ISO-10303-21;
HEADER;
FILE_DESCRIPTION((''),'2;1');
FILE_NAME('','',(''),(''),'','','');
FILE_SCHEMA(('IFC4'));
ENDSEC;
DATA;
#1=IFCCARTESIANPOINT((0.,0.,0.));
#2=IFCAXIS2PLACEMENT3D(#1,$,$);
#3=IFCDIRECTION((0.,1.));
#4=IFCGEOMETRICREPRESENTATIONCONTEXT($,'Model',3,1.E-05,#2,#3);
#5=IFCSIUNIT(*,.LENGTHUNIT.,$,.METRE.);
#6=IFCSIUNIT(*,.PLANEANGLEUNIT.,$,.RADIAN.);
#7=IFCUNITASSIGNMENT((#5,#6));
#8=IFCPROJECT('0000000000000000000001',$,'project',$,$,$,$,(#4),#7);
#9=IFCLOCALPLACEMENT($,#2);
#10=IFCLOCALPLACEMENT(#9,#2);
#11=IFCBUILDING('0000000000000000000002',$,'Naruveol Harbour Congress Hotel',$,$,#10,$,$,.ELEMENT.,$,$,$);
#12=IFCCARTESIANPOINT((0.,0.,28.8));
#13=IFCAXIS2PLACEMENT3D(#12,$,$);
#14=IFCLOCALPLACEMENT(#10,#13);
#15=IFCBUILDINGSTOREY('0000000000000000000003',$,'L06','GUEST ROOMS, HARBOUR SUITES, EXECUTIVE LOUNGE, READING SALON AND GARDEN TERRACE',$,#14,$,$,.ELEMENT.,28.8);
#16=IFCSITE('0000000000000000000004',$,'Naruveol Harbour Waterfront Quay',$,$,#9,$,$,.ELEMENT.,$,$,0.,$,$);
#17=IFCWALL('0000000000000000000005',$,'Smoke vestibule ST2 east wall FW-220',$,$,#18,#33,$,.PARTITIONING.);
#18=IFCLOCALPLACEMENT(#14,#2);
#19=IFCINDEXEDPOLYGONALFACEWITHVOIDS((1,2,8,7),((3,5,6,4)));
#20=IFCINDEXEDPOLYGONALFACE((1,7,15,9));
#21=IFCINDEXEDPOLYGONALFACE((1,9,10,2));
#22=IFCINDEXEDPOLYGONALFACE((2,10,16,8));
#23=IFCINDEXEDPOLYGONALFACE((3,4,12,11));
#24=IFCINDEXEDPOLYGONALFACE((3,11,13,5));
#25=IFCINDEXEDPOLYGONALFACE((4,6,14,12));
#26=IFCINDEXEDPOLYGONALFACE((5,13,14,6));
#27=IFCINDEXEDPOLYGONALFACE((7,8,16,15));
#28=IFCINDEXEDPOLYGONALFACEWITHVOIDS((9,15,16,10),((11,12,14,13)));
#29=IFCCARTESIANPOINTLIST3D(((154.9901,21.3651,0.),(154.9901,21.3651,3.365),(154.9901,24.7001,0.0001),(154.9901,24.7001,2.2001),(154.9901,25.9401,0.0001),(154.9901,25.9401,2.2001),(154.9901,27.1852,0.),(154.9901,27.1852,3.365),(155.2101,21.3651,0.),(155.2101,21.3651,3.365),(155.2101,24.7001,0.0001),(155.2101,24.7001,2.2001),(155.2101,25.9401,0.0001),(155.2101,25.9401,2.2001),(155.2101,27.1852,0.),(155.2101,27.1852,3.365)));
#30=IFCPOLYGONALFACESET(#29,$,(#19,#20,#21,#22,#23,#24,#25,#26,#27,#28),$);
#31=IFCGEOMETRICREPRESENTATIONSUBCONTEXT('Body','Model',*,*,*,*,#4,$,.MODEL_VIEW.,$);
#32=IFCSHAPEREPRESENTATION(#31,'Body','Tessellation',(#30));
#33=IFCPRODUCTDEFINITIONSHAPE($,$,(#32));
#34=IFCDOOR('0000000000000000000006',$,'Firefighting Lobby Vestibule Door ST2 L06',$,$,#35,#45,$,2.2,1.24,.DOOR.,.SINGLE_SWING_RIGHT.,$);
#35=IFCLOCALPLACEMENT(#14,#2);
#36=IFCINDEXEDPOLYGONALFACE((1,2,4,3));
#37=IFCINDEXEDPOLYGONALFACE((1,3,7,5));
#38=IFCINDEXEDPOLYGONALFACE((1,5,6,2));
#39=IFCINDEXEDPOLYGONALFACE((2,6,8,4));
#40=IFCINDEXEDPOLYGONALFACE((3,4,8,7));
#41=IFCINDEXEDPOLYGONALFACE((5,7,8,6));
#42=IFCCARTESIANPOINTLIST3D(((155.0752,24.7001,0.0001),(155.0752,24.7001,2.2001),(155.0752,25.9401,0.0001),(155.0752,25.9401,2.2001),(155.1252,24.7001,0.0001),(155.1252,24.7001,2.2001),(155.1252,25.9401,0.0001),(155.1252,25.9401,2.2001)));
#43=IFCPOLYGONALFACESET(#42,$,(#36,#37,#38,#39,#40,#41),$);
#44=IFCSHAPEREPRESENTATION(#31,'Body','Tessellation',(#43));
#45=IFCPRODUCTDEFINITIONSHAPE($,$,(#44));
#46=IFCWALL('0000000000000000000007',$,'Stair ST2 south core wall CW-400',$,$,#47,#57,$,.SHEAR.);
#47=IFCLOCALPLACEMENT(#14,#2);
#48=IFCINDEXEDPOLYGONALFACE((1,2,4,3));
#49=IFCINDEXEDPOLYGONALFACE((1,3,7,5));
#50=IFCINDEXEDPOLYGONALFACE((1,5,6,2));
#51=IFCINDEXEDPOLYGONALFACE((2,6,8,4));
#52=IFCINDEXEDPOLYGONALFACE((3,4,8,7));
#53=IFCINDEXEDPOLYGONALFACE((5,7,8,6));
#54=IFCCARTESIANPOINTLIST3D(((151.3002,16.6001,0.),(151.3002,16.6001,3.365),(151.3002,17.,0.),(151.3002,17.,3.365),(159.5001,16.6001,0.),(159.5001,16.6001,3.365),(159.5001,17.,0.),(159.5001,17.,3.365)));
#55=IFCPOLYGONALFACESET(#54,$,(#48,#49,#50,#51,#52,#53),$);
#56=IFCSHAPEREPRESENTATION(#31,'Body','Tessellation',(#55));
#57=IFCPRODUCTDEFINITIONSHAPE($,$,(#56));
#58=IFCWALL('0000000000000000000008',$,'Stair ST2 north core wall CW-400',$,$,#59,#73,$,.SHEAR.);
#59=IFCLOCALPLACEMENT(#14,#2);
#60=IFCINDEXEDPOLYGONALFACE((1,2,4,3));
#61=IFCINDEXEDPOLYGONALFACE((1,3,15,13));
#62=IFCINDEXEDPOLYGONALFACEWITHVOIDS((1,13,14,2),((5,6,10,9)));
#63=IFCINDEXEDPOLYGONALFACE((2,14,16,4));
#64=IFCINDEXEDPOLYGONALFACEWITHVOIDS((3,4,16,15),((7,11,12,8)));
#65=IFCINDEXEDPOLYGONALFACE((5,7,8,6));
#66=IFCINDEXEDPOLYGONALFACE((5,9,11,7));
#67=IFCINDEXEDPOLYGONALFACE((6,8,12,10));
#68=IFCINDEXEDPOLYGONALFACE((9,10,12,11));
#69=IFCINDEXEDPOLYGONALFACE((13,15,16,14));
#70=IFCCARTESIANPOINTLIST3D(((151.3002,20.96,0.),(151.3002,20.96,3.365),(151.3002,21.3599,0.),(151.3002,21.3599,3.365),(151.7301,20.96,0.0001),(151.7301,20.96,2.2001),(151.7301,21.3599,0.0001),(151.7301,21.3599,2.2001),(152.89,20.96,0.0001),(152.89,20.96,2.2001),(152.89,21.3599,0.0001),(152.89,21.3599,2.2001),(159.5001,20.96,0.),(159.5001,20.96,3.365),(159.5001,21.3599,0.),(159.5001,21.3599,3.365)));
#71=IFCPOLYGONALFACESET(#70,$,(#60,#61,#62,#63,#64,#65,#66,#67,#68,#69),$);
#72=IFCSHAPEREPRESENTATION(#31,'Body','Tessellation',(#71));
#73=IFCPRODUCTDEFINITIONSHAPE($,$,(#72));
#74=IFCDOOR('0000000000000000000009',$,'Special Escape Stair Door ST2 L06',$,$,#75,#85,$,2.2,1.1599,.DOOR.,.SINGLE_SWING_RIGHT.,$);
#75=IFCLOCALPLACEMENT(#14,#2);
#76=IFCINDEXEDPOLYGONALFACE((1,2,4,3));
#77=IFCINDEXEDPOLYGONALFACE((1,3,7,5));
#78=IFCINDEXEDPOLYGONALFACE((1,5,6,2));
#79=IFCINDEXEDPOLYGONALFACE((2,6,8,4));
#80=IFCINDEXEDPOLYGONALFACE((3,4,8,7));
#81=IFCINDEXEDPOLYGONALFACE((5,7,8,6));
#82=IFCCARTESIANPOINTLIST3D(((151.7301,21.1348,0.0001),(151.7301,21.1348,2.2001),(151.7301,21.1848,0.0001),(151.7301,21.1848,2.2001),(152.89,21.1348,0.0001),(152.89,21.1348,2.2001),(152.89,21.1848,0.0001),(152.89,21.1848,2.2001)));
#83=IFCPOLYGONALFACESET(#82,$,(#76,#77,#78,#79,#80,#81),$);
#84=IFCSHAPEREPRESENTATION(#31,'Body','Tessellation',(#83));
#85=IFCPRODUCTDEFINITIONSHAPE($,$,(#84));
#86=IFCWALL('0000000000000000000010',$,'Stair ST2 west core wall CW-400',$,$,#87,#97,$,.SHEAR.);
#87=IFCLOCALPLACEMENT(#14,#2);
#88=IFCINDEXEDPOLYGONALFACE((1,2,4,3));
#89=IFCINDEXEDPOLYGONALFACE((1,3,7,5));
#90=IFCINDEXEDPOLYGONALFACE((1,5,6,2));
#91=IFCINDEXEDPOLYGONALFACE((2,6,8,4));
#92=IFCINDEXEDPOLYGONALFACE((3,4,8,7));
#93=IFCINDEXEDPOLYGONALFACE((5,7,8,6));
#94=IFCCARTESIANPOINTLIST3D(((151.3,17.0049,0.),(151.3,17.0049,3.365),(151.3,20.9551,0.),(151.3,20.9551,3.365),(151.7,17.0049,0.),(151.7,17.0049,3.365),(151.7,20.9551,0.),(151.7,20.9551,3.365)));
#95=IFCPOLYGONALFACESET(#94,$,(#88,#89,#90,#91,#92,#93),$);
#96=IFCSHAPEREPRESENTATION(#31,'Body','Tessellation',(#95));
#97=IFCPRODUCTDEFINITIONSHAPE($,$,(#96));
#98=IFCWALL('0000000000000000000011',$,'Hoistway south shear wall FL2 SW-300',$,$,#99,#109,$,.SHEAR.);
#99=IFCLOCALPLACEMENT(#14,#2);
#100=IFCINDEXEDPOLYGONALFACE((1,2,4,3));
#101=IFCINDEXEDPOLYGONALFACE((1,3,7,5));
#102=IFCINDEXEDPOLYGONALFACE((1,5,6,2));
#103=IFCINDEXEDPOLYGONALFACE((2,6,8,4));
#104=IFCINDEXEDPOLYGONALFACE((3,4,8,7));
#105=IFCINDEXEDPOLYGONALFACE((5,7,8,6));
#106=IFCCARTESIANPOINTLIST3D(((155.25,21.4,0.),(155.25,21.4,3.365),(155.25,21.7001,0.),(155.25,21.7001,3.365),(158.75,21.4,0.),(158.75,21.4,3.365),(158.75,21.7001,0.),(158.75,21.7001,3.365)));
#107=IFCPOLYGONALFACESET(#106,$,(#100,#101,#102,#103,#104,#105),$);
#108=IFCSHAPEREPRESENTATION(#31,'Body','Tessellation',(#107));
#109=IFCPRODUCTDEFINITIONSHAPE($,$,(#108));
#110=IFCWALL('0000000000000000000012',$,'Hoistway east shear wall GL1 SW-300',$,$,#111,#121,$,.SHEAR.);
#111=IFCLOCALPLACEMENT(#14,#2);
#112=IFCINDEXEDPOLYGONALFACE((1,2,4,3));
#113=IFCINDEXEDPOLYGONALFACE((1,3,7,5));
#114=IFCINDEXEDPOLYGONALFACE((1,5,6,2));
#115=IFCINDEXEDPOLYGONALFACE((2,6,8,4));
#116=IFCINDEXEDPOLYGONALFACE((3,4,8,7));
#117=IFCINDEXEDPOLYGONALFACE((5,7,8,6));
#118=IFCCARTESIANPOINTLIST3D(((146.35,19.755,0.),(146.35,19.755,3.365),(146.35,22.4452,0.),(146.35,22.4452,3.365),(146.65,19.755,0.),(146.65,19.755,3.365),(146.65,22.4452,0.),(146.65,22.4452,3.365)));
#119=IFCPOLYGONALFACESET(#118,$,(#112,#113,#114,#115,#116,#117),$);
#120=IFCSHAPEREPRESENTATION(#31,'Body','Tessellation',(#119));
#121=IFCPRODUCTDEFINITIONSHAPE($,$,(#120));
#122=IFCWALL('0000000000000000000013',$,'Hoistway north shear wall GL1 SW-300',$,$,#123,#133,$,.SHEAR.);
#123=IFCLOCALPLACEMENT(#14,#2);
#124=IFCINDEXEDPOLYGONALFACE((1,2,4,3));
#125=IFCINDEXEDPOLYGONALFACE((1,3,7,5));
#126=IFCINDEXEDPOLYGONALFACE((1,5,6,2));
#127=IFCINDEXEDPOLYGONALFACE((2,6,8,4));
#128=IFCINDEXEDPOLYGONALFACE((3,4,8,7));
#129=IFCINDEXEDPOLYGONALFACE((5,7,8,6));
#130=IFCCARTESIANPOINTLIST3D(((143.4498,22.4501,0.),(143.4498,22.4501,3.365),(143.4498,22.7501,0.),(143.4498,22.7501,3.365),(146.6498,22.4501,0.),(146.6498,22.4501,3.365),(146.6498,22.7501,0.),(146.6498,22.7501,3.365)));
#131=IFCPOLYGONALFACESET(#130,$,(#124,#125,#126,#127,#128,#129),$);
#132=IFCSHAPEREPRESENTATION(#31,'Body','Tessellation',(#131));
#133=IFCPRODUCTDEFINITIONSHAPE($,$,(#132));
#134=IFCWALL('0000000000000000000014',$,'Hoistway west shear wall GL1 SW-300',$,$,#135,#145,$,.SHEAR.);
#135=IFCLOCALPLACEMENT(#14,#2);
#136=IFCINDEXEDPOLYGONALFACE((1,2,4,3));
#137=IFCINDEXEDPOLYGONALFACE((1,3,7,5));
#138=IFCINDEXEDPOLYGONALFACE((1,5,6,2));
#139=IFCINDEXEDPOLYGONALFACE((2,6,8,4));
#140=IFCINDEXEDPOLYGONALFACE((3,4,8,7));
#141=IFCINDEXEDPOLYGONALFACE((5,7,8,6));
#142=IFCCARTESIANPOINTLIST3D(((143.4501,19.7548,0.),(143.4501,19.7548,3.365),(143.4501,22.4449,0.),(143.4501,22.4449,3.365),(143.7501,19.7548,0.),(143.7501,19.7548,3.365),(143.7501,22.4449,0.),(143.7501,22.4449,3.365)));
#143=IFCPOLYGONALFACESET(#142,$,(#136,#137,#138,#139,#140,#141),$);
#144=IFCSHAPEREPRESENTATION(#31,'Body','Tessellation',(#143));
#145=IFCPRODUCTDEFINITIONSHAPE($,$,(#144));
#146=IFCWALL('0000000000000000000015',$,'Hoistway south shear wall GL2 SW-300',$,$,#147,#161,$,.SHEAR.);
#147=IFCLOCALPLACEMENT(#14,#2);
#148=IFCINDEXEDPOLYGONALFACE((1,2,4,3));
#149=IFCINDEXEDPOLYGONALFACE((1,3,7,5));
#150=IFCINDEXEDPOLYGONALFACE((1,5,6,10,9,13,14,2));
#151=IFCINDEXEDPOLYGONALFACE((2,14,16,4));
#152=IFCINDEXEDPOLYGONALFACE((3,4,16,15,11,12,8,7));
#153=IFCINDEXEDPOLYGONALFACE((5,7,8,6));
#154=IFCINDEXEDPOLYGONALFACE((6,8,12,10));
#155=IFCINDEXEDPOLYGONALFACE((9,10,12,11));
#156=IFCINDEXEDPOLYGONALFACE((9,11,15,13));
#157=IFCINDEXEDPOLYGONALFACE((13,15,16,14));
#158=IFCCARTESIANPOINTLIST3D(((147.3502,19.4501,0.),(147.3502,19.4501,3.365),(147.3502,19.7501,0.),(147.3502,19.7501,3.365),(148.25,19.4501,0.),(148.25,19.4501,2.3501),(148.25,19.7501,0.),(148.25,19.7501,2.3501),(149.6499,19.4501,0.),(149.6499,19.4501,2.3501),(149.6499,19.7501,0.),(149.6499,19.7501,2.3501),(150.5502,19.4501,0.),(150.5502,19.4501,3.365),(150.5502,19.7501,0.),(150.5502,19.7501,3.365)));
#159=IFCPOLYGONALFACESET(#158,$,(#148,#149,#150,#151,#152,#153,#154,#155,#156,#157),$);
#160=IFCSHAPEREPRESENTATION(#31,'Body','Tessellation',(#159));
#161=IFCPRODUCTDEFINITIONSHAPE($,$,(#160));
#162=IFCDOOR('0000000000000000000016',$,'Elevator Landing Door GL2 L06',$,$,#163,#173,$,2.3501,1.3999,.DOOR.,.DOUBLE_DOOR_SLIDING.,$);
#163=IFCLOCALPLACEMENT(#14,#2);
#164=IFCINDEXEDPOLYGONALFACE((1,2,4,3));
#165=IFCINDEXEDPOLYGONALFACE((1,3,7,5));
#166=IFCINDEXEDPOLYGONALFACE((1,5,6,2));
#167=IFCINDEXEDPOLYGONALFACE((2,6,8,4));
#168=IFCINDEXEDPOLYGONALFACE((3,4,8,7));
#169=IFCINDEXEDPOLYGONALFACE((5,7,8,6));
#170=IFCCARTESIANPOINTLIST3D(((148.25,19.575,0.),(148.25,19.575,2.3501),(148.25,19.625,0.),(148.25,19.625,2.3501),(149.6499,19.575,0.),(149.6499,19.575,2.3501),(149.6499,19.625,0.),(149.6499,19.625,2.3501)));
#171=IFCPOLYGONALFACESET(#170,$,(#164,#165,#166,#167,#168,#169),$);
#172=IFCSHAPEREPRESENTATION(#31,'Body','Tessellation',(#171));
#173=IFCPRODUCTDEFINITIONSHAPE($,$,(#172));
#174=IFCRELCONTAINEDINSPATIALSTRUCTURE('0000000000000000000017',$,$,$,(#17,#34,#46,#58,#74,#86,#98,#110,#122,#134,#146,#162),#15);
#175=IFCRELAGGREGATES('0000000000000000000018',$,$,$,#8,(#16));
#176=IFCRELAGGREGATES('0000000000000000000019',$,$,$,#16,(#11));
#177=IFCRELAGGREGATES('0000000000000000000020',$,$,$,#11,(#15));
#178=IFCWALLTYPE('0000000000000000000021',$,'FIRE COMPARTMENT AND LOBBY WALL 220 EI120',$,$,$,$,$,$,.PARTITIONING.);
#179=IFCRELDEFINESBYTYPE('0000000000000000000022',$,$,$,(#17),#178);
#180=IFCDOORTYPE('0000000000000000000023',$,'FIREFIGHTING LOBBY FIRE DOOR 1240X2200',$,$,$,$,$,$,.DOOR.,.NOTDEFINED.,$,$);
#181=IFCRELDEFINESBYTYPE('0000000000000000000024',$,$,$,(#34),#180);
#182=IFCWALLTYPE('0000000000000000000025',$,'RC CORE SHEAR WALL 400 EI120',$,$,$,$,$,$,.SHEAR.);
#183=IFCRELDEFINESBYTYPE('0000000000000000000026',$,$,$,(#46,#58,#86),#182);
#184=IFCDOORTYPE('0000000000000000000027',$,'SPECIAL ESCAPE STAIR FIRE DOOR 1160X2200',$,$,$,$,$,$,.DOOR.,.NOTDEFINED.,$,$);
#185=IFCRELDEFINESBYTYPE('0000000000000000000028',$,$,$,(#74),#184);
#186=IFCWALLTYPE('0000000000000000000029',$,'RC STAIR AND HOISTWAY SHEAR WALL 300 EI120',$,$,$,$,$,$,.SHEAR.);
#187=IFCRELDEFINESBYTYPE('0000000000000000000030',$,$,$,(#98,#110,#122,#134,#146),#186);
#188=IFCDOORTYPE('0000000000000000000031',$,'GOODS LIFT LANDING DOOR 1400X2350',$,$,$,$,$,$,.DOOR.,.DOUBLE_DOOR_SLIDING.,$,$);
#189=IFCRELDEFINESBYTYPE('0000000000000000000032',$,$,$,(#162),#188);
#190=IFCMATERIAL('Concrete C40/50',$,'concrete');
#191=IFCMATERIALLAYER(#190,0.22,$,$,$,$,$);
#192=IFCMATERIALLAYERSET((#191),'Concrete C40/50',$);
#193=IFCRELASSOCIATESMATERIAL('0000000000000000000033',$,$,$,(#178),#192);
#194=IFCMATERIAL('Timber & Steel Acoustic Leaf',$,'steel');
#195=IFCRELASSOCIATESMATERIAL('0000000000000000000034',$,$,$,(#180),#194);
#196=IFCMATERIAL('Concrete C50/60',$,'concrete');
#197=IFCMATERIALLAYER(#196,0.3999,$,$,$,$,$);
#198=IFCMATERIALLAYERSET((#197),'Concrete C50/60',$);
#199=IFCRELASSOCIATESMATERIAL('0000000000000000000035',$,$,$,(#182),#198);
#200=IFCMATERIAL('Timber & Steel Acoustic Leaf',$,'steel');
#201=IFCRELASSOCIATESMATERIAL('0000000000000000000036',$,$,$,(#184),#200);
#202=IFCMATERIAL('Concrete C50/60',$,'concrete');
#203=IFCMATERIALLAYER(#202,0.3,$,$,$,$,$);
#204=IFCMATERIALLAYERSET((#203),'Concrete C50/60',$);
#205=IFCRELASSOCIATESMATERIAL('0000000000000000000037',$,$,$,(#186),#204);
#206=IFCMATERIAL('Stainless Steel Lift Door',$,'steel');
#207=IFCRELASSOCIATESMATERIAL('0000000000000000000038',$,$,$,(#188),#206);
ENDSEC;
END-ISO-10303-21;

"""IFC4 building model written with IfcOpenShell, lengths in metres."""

from ifc_helpers import new_model, si_unit, direction, frame, frame_2d, origin, place, context, subcontext, project, spatial, rectangle, extrude, material, layer, layer_set, type_object, element, fill, save


model = new_model("IFC4")

# Units and contexts
model_context = context("Model", 3, precision=1e-05, world=origin(), true_north=direction((0.0, 1.0)))
body_context = subcontext(model_context, "Body", "Model", "MODEL_VIEW")
ifc_project = project(units=[si_unit("LENGTHUNIT", "METRE"), si_unit("PLANEANGLEUNIT", "RADIAN")], contexts=[model_context])

# Site, building, storey
site_placement = place(None, origin())
site = spatial("IfcSite", under=ifc_project, at=site_placement, Name="Naruveol Harbour Waterfront Quay", CompositionType="ELEMENT", RefElevation=0.0)
building_placement = place(site_placement, origin())
building = spatial("IfcBuilding", under=site, at=building_placement, Name="Naruveol Harbour Congress Hotel", CompositionType="ELEMENT")
storey_placement = place(building_placement, frame((0.0, 0.0, 28.8)))
storey = spatial("IfcBuildingStorey", under=building, at=storey_placement, Name="L06", Description="GUEST ROOMS, HARBOUR SUITES, EXECUTIVE LOUNGE, READING SALON AND GARDEN TERRACE", CompositionType="ELEMENT", Elevation=28.8)

# Shared definitions
ifc_material_1 = material(Name="Concrete C40/50", Category="concrete")
ifc_layer_1 = layer(ifc_material_1, 0.22)
ifc_layer_set_1 = layer_set([ifc_layer_1], Name="Concrete C40/50")
wall_type_1 = type_object("IfcWallType", Name="FIRE COMPARTMENT AND LOBBY WALL 220 EI120", PredefinedType="PARTITIONING", material=ifc_layer_set_1)

# Wall, opening, door
wall_1_placement = place(storey_placement, frame((155.1001, 21.365, 0.0), z_axis=(0.0, 0.0, 1.0), x_axis=(0.0, 1.0, 0.0)))
wall_1 = element("IfcWall", 1, at=wall_1_placement, inside=storey, type_object=wall_type_1, Name="Smoke vestibule ST2 east wall FW-220", PredefinedType="PARTITIONING", context=body_context, shape_type="SweptSolid", body=[
    extrude(rectangle(XDim=5.8201, YDim=0.22, at=frame_2d((2.9102, 0.0))), origin(), (0.0, 0.0, 1.0), 3.365),
])
opening_1_placement = place(wall_1_placement, frame((3.335, 0.0, 0.0)))
opening_1 = element("IfcOpeningElement", 2, at=opening_1_placement, cuts=wall_1, PredefinedType="OPENING", context=body_context, shape_type="SweptSolid", body=[
    extrude(rectangle(XDim=1.24, YDim=2.2, at=frame_2d((0.6201, 1.1001))), frame((0.0, 0.1199, 0.0), z_axis=(0.0, -1.0, 0.0), x_axis=(1.0, 0.0, 0.0)), (0.0, 0.0, 1.0), 0.24),
])
ifc_material_2 = material(Name="Timber & Steel Acoustic Leaf", Category="steel")
door_type_1 = type_object("IfcDoorType", Name="FIREFIGHTING LOBBY FIRE DOOR 1240X2200", OperationType="NOTDEFINED", PredefinedType="DOOR", material=ifc_material_2)
door_1_placement = place(opening_1_placement, origin())
door_1 = element("IfcDoor", 3, at=door_1_placement, inside=storey, type_object=door_type_1, Name="Firefighting Lobby Vestibule Door ST2 L06", OperationType="SINGLE_SWING_RIGHT", OverallHeight=2.2, OverallWidth=1.24, PredefinedType="DOOR", context=body_context, shape_type="SweptSolid", body=[
    extrude(rectangle(XDim=1.24, YDim=2.2, at=frame_2d((0.6201, 1.1001))), frame((0.0, 0.0249, 0.0), z_axis=(0.0, -1.0, 0.0), x_axis=(1.0, 0.0, 0.0)), (0.0, 0.0, 1.0), 0.05),
])
fill(opening_1, door_1)

# Wall
ifc_material_3 = material(Name="Concrete C50/60", Category="concrete")
ifc_layer_2 = layer(ifc_material_3, 0.3999)
ifc_layer_set_2 = layer_set([ifc_layer_2], Name="Concrete C50/60")
wall_type_2 = type_object("IfcWallType", Name="RC CORE SHEAR WALL 400 EI120", PredefinedType="SHEAR", material=ifc_layer_set_2)
wall_2_placement = place(storey_placement, frame((151.3, 16.8, 0.0), z_axis=(0.0, 0.0, 1.0), x_axis=(1.0, 0.0, 0.0)))
element("IfcWall", 4, at=wall_2_placement, inside=storey, type_object=wall_type_2, Name="Stair ST2 south core wall CW-400", PredefinedType="SHEAR", context=body_context, shape_type="SweptSolid", body=[
    extrude(rectangle(XDim=8.2, YDim=0.3999, at=frame_2d((4.1001, 0.0))), origin(), (0.0, 0.0, 1.0), 3.365),
])

# Wall, opening, door
wall_3_placement = place(storey_placement, frame((151.3, 21.1599, 0.0), z_axis=(0.0, 0.0, 1.0), x_axis=(1.0, 0.0, 0.0)))
wall_3 = element("IfcWall", 5, at=wall_3_placement, inside=storey, type_object=wall_type_2, Name="Stair ST2 north core wall CW-400", PredefinedType="SHEAR", context=body_context, shape_type="SweptSolid", body=[
    extrude(rectangle(XDim=8.2, YDim=0.3999, at=frame_2d((4.1001, 0.0))), origin(), (0.0, 0.0, 1.0), 3.365),
])
opening_2_placement = place(wall_3_placement, frame((0.4299, 0.0, 0.0)))
opening_2 = element("IfcOpeningElement", 6, at=opening_2_placement, cuts=wall_3, PredefinedType="OPENING", context=body_context, shape_type="SweptSolid", body=[
    extrude(rectangle(XDim=1.1599, YDim=2.2, at=frame_2d((0.5801, 1.1001))), frame((0.0, 0.21, 0.0), z_axis=(0.0, -1.0, 0.0), x_axis=(1.0, 0.0, 0.0)), (0.0, 0.0, 1.0), 0.4199),
])
ifc_material_4 = material(Name="Timber & Steel Acoustic Leaf", Category="steel")
door_type_2 = type_object("IfcDoorType", Name="SPECIAL ESCAPE STAIR FIRE DOOR 1160X2200", OperationType="NOTDEFINED", PredefinedType="DOOR", material=ifc_material_4)
door_2_placement = place(opening_2_placement, origin())
door_2 = element("IfcDoor", 7, at=door_2_placement, inside=storey, type_object=door_type_2, Name="Special Escape Stair Door ST2 L06", OperationType="SINGLE_SWING_RIGHT", OverallHeight=2.2, OverallWidth=1.1599, PredefinedType="DOOR", context=body_context, shape_type="SweptSolid", body=[
    extrude(rectangle(XDim=1.1599, YDim=2.2, at=frame_2d((0.5801, 1.1001))), frame((0.0, 0.0249, 0.0), z_axis=(0.0, -1.0, 0.0), x_axis=(1.0, 0.0, 0.0)), (0.0, 0.0, 1.0), 0.05),
])
fill(opening_2, door_2)

# Walls
wall_4_placement = place(storey_placement, frame((151.5, 17.0049, 0.0), z_axis=(0.0, 0.0, 1.0), x_axis=(0.0, 1.0, 0.0)))
element("IfcWall", 8, at=wall_4_placement, inside=storey, type_object=wall_type_2, Name="Stair ST2 west core wall CW-400", PredefinedType="SHEAR", context=body_context, shape_type="SweptSolid", body=[
    extrude(rectangle(XDim=3.9502, YDim=0.3999, at=frame_2d((1.9751, 0.0))), origin(), (0.0, 0.0, 1.0), 3.365),
])
ifc_material_5 = material(Name="Concrete C50/60", Category="concrete")
ifc_layer_3 = layer(ifc_material_5, 0.3)
ifc_layer_set_3 = layer_set([ifc_layer_3], Name="Concrete C50/60")
wall_type_3 = type_object("IfcWallType", Name="RC STAIR AND HOISTWAY SHEAR WALL 300 EI120", PredefinedType="SHEAR", material=ifc_layer_set_3)
wall_5_placement = place(storey_placement, frame((155.25, 21.55, 0.0), z_axis=(0.0, 0.0, 1.0), x_axis=(1.0, 0.0, 0.0)))
element("IfcWall", 9, at=wall_5_placement, inside=storey, type_object=wall_type_3, Name="Hoistway south shear wall FL2 SW-300", PredefinedType="SHEAR", context=body_context, shape_type="SweptSolid", body=[
    extrude(rectangle(XDim=3.5, YDim=0.3, at=frame_2d((1.75, 0.0))), origin(), (0.0, 0.0, 1.0), 3.365),
])
wall_6_placement = place(storey_placement, frame((146.5, 19.7549, 0.0), z_axis=(0.0, 0.0, 1.0), x_axis=(0.0, 1.0, 0.0)))
element("IfcWall", 10, at=wall_6_placement, inside=storey, type_object=wall_type_3, Name="Hoistway east shear wall GL1 SW-300", PredefinedType="SHEAR", context=body_context, shape_type="SweptSolid", body=[
    extrude(rectangle(XDim=2.6902, YDim=0.3, at=frame_2d((1.3452, 0.0))), origin(), (0.0, 0.0, 1.0), 3.365),
])
wall_7_placement = place(storey_placement, frame((146.6499, 22.6001, 0.0), z_axis=(0.0, 0.0, 1.0), x_axis=(-1.0, 0.0, 0.0)))
element("IfcWall", 11, at=wall_7_placement, inside=storey, type_object=wall_type_3, Name="Hoistway north shear wall GL1 SW-300", PredefinedType="SHEAR", context=body_context, shape_type="SweptSolid", body=[
    extrude(rectangle(XDim=3.2, YDim=0.3, at=frame_2d((1.6001, 0.0))), origin(), (0.0, 0.0, 1.0), 3.365),
])
wall_8_placement = place(storey_placement, frame((143.6001, 22.4451, 0.0), z_axis=(0.0, 0.0, 1.0), x_axis=(0.0, -1.0, 0.0)))
element("IfcWall", 12, at=wall_8_placement, inside=storey, type_object=wall_type_3, Name="Hoistway west shear wall GL1 SW-300", PredefinedType="SHEAR", context=body_context, shape_type="SweptSolid", body=[
    extrude(rectangle(XDim=2.6902, YDim=0.3, at=frame_2d((1.3452, 0.0))), origin(), (0.0, 0.0, 1.0), 3.365),
])

# Wall, opening, door
wall_9_placement = place(storey_placement, frame((147.3501, 19.6001, 0.0), z_axis=(0.0, 0.0, 1.0), x_axis=(1.0, 0.0, 0.0)))
wall_9 = element("IfcWall", 13, at=wall_9_placement, inside=storey, type_object=wall_type_3, Name="Hoistway south shear wall GL2 SW-300", PredefinedType="SHEAR", context=body_context, shape_type="SweptSolid", body=[
    extrude(rectangle(XDim=3.2, YDim=0.3, at=frame_2d((1.6001, 0.0))), origin(), (0.0, 0.0, 1.0), 3.365),
])
opening_3_placement = place(wall_9_placement, frame((0.8999, 0.0, 0.0)))
opening_3 = element("IfcOpeningElement", 14, at=opening_3_placement, cuts=wall_9, PredefinedType="OPENING", context=body_context, shape_type="SweptSolid", body=[
    extrude(rectangle(XDim=1.3999, YDim=2.3501, at=frame_2d((0.7, 1.175))), frame((0.0, 0.1599, 0.0), z_axis=(0.0, -1.0, 0.0), x_axis=(1.0, 0.0, 0.0)), (0.0, 0.0, 1.0), 0.3201),
])
ifc_material_6 = material(Name="Stainless Steel Lift Door", Category="steel")
door_type_3 = type_object("IfcDoorType", Name="GOODS LIFT LANDING DOOR 1400X2350", OperationType="DOUBLE_DOOR_SLIDING", PredefinedType="DOOR", material=ifc_material_6)
door_3_placement = place(opening_3_placement, origin())
door_3 = element("IfcDoor", 15, at=door_3_placement, inside=storey, type_object=door_type_3, Name="Elevator Landing Door GL2 L06", OperationType="DOUBLE_DOOR_SLIDING", OverallHeight=2.3501, OverallWidth=1.3999, PredefinedType="DOOR", context=body_context, shape_type="SweptSolid", body=[
    extrude(rectangle(XDim=1.3999, YDim=2.3501, at=frame_2d((0.7, 1.175))), frame((0.0, 0.0249, 0.0), z_axis=(0.0, -1.0, 0.0), x_axis=(1.0, 0.0, 0.0)), (0.0, 0.0, 1.0), 0.05),
])
fill(opening_3, door_3)

save(model, "model.ifc")
